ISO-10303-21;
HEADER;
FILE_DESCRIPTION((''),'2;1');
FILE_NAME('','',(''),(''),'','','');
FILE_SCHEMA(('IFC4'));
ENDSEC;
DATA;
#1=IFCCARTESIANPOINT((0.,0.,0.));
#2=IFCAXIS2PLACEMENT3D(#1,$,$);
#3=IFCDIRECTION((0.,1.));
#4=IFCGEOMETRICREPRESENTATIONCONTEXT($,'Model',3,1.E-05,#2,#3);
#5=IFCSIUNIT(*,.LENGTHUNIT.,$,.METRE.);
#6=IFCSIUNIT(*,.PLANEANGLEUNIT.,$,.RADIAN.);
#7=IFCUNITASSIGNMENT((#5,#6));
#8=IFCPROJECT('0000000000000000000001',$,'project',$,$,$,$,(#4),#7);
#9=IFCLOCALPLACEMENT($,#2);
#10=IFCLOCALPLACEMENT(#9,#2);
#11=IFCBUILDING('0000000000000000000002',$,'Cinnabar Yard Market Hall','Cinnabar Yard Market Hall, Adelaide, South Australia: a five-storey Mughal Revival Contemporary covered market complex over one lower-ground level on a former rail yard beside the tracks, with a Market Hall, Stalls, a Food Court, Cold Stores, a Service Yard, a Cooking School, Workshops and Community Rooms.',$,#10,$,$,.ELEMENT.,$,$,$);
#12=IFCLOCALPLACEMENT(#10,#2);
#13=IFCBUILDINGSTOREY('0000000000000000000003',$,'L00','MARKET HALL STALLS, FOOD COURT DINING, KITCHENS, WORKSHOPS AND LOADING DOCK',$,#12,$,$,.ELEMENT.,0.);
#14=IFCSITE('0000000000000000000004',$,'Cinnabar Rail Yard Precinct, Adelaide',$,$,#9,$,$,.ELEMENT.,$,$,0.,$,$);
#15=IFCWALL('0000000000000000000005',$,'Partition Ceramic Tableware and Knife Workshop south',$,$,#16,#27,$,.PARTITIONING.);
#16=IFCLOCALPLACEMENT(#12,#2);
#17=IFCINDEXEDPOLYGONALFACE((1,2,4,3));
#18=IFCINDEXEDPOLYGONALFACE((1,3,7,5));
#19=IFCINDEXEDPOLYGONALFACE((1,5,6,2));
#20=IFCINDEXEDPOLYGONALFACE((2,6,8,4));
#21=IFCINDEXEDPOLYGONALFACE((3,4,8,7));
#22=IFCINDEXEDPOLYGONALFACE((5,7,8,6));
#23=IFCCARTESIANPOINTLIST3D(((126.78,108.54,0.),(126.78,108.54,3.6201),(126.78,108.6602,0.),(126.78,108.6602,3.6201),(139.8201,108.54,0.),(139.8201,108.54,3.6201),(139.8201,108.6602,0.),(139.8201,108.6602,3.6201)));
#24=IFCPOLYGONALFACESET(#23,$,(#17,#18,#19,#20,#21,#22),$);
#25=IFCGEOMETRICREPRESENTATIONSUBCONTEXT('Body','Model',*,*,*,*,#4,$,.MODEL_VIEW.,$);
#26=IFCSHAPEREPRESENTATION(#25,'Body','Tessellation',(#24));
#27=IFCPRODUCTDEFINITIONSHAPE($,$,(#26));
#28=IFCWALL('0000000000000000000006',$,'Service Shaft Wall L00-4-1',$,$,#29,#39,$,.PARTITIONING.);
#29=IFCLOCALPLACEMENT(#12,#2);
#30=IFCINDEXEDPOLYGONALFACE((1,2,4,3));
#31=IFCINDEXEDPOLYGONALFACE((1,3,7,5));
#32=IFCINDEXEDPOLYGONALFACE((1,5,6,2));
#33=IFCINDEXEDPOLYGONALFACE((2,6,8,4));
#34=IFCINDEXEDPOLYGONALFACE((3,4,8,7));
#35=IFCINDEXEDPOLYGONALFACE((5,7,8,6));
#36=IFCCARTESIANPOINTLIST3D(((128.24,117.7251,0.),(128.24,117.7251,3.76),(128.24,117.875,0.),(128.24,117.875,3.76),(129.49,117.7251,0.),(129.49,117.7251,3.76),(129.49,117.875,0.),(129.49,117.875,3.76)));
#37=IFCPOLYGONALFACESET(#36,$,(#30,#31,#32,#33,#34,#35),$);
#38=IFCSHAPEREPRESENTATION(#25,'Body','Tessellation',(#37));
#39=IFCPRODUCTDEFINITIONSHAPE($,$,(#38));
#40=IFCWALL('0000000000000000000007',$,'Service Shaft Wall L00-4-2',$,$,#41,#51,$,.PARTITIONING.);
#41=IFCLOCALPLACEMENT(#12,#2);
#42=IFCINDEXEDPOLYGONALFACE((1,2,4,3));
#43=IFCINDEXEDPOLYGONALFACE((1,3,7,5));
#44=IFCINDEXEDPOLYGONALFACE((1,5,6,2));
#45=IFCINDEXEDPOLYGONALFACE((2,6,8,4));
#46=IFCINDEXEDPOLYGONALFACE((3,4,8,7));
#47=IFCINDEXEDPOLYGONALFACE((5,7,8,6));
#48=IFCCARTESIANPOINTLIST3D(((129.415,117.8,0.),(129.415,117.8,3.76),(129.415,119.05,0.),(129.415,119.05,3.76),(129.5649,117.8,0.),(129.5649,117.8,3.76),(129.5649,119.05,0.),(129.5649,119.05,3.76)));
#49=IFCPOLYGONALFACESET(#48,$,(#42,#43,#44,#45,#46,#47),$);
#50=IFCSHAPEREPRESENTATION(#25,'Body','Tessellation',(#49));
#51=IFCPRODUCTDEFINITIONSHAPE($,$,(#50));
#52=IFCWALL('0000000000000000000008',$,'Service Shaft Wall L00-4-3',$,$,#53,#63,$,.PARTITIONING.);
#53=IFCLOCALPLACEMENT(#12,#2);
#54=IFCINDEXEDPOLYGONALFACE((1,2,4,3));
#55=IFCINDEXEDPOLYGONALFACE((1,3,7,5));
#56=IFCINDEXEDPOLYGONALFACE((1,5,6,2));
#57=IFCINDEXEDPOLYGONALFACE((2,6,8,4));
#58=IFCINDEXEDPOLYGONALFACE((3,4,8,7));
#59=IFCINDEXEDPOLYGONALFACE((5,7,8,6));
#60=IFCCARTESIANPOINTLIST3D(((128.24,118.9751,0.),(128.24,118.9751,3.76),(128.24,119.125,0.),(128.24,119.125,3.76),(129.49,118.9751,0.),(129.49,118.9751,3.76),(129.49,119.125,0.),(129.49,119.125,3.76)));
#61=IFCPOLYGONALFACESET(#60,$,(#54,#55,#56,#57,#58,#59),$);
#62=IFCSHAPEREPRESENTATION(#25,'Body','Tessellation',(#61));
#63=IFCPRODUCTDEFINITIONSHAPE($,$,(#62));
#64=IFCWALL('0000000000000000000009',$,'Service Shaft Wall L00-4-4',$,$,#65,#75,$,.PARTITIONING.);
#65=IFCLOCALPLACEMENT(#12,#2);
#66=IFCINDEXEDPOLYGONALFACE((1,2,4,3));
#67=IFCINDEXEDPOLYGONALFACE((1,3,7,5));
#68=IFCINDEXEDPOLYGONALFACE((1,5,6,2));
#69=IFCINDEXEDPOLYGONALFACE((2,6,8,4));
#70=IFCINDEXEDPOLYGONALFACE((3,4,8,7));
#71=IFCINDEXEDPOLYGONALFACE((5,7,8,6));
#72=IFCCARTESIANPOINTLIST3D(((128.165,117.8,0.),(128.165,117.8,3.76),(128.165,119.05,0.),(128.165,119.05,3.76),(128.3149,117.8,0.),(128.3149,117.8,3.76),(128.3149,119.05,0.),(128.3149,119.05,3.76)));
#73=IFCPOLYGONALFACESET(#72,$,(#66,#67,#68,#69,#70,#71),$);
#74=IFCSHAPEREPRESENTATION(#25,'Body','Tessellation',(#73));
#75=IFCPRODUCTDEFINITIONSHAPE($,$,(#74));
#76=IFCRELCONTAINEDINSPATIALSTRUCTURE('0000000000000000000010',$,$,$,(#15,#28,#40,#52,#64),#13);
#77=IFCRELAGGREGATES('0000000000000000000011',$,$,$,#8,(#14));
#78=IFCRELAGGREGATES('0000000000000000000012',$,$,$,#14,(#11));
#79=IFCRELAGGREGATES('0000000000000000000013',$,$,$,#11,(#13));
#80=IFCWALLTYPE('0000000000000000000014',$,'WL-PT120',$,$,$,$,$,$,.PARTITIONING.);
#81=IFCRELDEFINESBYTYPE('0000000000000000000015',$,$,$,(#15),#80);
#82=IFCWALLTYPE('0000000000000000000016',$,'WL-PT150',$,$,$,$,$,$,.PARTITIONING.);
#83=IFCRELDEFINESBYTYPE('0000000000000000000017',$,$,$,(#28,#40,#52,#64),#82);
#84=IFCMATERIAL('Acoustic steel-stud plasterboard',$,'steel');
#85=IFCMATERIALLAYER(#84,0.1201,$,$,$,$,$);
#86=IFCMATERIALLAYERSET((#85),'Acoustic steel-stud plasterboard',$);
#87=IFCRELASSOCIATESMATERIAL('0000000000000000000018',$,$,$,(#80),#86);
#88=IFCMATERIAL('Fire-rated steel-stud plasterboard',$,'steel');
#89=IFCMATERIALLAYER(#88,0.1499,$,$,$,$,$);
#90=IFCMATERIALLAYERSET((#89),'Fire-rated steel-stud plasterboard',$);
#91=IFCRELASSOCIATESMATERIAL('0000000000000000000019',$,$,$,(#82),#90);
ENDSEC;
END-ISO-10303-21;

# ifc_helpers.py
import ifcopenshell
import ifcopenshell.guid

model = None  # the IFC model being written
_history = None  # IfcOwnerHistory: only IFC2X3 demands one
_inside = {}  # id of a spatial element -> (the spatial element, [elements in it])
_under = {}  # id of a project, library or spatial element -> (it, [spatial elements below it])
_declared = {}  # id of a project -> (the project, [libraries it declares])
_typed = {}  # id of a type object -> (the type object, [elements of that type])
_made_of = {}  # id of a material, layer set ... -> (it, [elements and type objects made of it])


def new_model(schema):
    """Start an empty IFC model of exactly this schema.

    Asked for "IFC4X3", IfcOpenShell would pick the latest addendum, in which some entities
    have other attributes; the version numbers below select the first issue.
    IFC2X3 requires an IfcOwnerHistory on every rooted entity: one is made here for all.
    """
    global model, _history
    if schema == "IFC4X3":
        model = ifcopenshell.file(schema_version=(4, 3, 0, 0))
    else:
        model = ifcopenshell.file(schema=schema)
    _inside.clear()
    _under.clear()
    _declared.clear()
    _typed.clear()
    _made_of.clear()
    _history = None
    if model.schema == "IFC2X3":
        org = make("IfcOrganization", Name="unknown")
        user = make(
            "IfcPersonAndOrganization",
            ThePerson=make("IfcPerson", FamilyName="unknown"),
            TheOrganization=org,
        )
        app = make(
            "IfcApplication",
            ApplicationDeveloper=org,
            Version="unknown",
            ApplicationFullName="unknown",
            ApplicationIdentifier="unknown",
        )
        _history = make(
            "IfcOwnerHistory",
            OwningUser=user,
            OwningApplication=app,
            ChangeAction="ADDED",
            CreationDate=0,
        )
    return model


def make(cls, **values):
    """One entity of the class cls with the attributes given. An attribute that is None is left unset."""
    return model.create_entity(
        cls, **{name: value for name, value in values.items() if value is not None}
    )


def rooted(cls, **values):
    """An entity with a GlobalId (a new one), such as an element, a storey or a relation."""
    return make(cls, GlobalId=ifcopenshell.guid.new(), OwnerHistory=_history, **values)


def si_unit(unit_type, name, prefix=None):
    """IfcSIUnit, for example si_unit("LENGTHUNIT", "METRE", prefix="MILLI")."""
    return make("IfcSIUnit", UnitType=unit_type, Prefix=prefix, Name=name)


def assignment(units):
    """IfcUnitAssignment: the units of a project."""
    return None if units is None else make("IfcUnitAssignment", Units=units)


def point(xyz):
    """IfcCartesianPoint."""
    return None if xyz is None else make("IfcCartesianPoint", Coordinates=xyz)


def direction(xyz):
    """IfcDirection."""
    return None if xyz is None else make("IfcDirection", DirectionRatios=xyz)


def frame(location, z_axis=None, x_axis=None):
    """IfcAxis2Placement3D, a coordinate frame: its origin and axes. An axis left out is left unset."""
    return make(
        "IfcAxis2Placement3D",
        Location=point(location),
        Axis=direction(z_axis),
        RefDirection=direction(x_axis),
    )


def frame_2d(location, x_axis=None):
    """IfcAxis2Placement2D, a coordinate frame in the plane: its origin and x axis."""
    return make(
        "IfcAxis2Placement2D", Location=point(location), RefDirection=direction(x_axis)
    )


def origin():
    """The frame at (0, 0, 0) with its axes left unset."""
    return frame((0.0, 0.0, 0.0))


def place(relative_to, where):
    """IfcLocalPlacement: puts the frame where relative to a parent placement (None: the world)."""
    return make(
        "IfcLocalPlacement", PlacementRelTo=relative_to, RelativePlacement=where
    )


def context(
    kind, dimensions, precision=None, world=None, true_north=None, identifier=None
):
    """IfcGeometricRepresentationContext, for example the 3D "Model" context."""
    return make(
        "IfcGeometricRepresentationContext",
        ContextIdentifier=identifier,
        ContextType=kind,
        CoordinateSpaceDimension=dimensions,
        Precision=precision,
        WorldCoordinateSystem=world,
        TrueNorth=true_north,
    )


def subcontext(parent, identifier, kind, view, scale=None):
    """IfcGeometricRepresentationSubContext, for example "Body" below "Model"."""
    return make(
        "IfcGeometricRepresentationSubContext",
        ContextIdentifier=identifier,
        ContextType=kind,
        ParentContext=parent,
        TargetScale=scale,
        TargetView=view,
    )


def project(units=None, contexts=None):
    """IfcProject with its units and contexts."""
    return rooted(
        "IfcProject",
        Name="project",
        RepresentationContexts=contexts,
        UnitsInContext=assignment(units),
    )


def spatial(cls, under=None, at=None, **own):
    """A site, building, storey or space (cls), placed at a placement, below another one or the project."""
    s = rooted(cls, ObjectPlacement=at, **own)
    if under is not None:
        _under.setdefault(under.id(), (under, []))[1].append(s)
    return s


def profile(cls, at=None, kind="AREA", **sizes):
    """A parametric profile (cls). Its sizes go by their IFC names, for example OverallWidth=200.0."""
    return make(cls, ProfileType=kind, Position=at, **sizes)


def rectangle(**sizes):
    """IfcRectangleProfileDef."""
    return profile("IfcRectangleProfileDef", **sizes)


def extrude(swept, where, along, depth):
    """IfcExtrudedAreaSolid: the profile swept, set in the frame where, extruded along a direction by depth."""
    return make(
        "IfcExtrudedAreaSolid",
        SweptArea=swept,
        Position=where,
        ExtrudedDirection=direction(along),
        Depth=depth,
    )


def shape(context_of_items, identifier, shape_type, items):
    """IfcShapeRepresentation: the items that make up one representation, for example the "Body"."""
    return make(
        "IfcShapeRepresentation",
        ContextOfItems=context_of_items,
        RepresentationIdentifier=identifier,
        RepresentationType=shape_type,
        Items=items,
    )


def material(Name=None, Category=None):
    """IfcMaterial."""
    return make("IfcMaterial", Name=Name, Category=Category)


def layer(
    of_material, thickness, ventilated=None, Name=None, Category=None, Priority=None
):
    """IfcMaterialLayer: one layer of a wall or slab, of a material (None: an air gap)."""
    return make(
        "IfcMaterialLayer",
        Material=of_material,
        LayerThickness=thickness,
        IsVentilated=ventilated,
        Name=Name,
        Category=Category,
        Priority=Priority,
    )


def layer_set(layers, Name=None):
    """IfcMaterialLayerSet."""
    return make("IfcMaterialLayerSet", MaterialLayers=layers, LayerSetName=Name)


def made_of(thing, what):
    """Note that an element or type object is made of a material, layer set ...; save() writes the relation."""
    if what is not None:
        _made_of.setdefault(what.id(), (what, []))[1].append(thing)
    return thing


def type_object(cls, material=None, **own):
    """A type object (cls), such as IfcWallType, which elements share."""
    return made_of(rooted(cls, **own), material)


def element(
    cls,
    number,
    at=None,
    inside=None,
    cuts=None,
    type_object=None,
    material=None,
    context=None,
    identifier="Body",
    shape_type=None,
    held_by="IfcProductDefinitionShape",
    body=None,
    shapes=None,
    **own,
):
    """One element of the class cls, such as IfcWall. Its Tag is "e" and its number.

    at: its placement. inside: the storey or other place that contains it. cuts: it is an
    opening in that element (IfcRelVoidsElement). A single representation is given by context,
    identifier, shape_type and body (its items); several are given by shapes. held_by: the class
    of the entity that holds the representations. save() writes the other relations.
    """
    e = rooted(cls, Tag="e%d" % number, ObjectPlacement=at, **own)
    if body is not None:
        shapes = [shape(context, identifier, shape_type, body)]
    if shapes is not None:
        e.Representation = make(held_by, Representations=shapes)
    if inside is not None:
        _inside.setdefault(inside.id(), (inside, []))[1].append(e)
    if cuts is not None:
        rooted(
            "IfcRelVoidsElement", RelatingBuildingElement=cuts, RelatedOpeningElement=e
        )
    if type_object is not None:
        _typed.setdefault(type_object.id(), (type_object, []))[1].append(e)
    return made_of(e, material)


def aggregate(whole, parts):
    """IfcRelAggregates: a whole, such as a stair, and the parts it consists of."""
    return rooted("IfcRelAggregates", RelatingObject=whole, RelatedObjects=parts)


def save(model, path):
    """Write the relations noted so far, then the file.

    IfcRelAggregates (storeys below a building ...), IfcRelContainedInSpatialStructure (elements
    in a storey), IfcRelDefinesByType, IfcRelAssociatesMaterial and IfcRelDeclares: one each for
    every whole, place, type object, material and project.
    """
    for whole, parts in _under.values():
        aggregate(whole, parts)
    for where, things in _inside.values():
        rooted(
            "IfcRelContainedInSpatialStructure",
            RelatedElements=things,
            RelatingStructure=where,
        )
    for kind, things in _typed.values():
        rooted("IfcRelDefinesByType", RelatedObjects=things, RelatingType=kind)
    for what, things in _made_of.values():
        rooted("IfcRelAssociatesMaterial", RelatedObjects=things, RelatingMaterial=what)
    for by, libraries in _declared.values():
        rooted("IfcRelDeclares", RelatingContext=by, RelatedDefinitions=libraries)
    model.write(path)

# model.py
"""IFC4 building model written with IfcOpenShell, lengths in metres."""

from ifc_helpers import new_model, si_unit, direction, frame, frame_2d, origin, place, context, subcontext, project, spatial, rectangle, extrude, material, layer, layer_set, type_object, element, save


model = new_model("IFC4")

# Units and contexts
model_context = context("Model", 3, precision=1e-05, world=origin(), true_north=direction((0.0, 1.0)))
body_context = subcontext(model_context, "Body", "Model", "MODEL_VIEW")
ifc_project = project(units=[si_unit("LENGTHUNIT", "METRE"), si_unit("PLANEANGLEUNIT", "RADIAN")], contexts=[model_context])

# Site, building, storey
site_placement = place(None, origin())
site = spatial("IfcSite", under=ifc_project, at=site_placement, Name="Cinnabar Rail Yard Precinct, Adelaide", CompositionType="ELEMENT", RefElevation=0.0)
building_placement = place(site_placement, origin())
building = spatial("IfcBuilding", under=site, at=building_placement, Name="Cinnabar Yard Market Hall", Description="Cinnabar Yard Market Hall, Adelaide, South Australia: a five-storey Mughal Revival Contemporary covered market complex over one lower-ground level on a former rail yard beside the tracks, with a Market Hall, Stalls, a Food Court, Cold Stores, a Service Yard, a Cooking School, Workshops and Community Rooms.", CompositionType="ELEMENT")
storey_placement = place(building_placement, origin())
storey = spatial("IfcBuildingStorey", under=building, at=storey_placement, Name="L00", Description="MARKET HALL STALLS, FOOD COURT DINING, KITCHENS, WORKSHOPS AND LOADING DOCK", CompositionType="ELEMENT", Elevation=0.0)

# Walls
ifc_material_1 = material(Name="Acoustic steel-stud plasterboard", Category="steel")
ifc_layer_1 = layer(ifc_material_1, 0.1201)
ifc_layer_set_1 = layer_set([ifc_layer_1], Name="Acoustic steel-stud plasterboard")
wall_type_1 = type_object("IfcWallType", Name="WL-PT120", PredefinedType="PARTITIONING", material=ifc_layer_set_1)
wall_placement = place(storey_placement, frame((126.78, 108.6001, 0.0), z_axis=(0.0, 0.0, 1.0), x_axis=(1.0, 0.0, 0.0)))
element("IfcWall", 1, at=wall_placement, inside=storey, type_object=wall_type_1, Name="Partition Ceramic Tableware and Knife Workshop south", PredefinedType="PARTITIONING", context=body_context, shape_type="SweptSolid", body=[
    extrude(rectangle(XDim=13.04, YDim=0.1201, at=frame_2d((6.52, 0.0), x_axis=(1.0, 0.0))), origin(), (0.0, 0.0, 1.0), 3.6201),
])
ifc_material_2 = material(Name="Fire-rated steel-stud plasterboard", Category="steel")
ifc_layer_2 = layer(ifc_material_2, 0.1499)
ifc_layer_set_2 = layer_set([ifc_layer_2], Name="Fire-rated steel-stud plasterboard")
wall_type_2 = type_object("IfcWallType", Name="WL-PT150", PredefinedType="PARTITIONING", material=ifc_layer_set_2)
for number, where, z_axis, x_axis, name in (
    (2, (128.24, 117.8, 0.0), (0.0, 0.0, 1.0), (1.0, 0.0, 0.0), "Service Shaft Wall L00-4-1"),
    (3, (129.49, 117.8, 0.0), (0.0, 0.0, 1.0), (0.0, 1.0, 0.0), "Service Shaft Wall L00-4-2"),
    (4, (129.49, 119.05, 0.0), (0.0, 0.0, 1.0), (-1.0, 0.0, 0.0), "Service Shaft Wall L00-4-3"),
    (5, (128.24, 119.05, 0.0), (0.0, 0.0, 1.0), (0.0, -1.0, 0.0), "Service Shaft Wall L00-4-4"),
):
    element("IfcWall", number, at=place(storey_placement, frame(where, z_axis=z_axis, x_axis=x_axis)), inside=storey, type_object=wall_type_2, Name=name, PredefinedType="PARTITIONING", context=body_context, shape_type="SweptSolid", body=[
        extrude(rectangle(XDim=1.25, YDim=0.1499, at=frame_2d((0.625, 0.0), x_axis=(1.0, 0.0))), origin(), (0.0, 0.0, 1.0), 3.76),
    ])

save(model, "model.ifc")
